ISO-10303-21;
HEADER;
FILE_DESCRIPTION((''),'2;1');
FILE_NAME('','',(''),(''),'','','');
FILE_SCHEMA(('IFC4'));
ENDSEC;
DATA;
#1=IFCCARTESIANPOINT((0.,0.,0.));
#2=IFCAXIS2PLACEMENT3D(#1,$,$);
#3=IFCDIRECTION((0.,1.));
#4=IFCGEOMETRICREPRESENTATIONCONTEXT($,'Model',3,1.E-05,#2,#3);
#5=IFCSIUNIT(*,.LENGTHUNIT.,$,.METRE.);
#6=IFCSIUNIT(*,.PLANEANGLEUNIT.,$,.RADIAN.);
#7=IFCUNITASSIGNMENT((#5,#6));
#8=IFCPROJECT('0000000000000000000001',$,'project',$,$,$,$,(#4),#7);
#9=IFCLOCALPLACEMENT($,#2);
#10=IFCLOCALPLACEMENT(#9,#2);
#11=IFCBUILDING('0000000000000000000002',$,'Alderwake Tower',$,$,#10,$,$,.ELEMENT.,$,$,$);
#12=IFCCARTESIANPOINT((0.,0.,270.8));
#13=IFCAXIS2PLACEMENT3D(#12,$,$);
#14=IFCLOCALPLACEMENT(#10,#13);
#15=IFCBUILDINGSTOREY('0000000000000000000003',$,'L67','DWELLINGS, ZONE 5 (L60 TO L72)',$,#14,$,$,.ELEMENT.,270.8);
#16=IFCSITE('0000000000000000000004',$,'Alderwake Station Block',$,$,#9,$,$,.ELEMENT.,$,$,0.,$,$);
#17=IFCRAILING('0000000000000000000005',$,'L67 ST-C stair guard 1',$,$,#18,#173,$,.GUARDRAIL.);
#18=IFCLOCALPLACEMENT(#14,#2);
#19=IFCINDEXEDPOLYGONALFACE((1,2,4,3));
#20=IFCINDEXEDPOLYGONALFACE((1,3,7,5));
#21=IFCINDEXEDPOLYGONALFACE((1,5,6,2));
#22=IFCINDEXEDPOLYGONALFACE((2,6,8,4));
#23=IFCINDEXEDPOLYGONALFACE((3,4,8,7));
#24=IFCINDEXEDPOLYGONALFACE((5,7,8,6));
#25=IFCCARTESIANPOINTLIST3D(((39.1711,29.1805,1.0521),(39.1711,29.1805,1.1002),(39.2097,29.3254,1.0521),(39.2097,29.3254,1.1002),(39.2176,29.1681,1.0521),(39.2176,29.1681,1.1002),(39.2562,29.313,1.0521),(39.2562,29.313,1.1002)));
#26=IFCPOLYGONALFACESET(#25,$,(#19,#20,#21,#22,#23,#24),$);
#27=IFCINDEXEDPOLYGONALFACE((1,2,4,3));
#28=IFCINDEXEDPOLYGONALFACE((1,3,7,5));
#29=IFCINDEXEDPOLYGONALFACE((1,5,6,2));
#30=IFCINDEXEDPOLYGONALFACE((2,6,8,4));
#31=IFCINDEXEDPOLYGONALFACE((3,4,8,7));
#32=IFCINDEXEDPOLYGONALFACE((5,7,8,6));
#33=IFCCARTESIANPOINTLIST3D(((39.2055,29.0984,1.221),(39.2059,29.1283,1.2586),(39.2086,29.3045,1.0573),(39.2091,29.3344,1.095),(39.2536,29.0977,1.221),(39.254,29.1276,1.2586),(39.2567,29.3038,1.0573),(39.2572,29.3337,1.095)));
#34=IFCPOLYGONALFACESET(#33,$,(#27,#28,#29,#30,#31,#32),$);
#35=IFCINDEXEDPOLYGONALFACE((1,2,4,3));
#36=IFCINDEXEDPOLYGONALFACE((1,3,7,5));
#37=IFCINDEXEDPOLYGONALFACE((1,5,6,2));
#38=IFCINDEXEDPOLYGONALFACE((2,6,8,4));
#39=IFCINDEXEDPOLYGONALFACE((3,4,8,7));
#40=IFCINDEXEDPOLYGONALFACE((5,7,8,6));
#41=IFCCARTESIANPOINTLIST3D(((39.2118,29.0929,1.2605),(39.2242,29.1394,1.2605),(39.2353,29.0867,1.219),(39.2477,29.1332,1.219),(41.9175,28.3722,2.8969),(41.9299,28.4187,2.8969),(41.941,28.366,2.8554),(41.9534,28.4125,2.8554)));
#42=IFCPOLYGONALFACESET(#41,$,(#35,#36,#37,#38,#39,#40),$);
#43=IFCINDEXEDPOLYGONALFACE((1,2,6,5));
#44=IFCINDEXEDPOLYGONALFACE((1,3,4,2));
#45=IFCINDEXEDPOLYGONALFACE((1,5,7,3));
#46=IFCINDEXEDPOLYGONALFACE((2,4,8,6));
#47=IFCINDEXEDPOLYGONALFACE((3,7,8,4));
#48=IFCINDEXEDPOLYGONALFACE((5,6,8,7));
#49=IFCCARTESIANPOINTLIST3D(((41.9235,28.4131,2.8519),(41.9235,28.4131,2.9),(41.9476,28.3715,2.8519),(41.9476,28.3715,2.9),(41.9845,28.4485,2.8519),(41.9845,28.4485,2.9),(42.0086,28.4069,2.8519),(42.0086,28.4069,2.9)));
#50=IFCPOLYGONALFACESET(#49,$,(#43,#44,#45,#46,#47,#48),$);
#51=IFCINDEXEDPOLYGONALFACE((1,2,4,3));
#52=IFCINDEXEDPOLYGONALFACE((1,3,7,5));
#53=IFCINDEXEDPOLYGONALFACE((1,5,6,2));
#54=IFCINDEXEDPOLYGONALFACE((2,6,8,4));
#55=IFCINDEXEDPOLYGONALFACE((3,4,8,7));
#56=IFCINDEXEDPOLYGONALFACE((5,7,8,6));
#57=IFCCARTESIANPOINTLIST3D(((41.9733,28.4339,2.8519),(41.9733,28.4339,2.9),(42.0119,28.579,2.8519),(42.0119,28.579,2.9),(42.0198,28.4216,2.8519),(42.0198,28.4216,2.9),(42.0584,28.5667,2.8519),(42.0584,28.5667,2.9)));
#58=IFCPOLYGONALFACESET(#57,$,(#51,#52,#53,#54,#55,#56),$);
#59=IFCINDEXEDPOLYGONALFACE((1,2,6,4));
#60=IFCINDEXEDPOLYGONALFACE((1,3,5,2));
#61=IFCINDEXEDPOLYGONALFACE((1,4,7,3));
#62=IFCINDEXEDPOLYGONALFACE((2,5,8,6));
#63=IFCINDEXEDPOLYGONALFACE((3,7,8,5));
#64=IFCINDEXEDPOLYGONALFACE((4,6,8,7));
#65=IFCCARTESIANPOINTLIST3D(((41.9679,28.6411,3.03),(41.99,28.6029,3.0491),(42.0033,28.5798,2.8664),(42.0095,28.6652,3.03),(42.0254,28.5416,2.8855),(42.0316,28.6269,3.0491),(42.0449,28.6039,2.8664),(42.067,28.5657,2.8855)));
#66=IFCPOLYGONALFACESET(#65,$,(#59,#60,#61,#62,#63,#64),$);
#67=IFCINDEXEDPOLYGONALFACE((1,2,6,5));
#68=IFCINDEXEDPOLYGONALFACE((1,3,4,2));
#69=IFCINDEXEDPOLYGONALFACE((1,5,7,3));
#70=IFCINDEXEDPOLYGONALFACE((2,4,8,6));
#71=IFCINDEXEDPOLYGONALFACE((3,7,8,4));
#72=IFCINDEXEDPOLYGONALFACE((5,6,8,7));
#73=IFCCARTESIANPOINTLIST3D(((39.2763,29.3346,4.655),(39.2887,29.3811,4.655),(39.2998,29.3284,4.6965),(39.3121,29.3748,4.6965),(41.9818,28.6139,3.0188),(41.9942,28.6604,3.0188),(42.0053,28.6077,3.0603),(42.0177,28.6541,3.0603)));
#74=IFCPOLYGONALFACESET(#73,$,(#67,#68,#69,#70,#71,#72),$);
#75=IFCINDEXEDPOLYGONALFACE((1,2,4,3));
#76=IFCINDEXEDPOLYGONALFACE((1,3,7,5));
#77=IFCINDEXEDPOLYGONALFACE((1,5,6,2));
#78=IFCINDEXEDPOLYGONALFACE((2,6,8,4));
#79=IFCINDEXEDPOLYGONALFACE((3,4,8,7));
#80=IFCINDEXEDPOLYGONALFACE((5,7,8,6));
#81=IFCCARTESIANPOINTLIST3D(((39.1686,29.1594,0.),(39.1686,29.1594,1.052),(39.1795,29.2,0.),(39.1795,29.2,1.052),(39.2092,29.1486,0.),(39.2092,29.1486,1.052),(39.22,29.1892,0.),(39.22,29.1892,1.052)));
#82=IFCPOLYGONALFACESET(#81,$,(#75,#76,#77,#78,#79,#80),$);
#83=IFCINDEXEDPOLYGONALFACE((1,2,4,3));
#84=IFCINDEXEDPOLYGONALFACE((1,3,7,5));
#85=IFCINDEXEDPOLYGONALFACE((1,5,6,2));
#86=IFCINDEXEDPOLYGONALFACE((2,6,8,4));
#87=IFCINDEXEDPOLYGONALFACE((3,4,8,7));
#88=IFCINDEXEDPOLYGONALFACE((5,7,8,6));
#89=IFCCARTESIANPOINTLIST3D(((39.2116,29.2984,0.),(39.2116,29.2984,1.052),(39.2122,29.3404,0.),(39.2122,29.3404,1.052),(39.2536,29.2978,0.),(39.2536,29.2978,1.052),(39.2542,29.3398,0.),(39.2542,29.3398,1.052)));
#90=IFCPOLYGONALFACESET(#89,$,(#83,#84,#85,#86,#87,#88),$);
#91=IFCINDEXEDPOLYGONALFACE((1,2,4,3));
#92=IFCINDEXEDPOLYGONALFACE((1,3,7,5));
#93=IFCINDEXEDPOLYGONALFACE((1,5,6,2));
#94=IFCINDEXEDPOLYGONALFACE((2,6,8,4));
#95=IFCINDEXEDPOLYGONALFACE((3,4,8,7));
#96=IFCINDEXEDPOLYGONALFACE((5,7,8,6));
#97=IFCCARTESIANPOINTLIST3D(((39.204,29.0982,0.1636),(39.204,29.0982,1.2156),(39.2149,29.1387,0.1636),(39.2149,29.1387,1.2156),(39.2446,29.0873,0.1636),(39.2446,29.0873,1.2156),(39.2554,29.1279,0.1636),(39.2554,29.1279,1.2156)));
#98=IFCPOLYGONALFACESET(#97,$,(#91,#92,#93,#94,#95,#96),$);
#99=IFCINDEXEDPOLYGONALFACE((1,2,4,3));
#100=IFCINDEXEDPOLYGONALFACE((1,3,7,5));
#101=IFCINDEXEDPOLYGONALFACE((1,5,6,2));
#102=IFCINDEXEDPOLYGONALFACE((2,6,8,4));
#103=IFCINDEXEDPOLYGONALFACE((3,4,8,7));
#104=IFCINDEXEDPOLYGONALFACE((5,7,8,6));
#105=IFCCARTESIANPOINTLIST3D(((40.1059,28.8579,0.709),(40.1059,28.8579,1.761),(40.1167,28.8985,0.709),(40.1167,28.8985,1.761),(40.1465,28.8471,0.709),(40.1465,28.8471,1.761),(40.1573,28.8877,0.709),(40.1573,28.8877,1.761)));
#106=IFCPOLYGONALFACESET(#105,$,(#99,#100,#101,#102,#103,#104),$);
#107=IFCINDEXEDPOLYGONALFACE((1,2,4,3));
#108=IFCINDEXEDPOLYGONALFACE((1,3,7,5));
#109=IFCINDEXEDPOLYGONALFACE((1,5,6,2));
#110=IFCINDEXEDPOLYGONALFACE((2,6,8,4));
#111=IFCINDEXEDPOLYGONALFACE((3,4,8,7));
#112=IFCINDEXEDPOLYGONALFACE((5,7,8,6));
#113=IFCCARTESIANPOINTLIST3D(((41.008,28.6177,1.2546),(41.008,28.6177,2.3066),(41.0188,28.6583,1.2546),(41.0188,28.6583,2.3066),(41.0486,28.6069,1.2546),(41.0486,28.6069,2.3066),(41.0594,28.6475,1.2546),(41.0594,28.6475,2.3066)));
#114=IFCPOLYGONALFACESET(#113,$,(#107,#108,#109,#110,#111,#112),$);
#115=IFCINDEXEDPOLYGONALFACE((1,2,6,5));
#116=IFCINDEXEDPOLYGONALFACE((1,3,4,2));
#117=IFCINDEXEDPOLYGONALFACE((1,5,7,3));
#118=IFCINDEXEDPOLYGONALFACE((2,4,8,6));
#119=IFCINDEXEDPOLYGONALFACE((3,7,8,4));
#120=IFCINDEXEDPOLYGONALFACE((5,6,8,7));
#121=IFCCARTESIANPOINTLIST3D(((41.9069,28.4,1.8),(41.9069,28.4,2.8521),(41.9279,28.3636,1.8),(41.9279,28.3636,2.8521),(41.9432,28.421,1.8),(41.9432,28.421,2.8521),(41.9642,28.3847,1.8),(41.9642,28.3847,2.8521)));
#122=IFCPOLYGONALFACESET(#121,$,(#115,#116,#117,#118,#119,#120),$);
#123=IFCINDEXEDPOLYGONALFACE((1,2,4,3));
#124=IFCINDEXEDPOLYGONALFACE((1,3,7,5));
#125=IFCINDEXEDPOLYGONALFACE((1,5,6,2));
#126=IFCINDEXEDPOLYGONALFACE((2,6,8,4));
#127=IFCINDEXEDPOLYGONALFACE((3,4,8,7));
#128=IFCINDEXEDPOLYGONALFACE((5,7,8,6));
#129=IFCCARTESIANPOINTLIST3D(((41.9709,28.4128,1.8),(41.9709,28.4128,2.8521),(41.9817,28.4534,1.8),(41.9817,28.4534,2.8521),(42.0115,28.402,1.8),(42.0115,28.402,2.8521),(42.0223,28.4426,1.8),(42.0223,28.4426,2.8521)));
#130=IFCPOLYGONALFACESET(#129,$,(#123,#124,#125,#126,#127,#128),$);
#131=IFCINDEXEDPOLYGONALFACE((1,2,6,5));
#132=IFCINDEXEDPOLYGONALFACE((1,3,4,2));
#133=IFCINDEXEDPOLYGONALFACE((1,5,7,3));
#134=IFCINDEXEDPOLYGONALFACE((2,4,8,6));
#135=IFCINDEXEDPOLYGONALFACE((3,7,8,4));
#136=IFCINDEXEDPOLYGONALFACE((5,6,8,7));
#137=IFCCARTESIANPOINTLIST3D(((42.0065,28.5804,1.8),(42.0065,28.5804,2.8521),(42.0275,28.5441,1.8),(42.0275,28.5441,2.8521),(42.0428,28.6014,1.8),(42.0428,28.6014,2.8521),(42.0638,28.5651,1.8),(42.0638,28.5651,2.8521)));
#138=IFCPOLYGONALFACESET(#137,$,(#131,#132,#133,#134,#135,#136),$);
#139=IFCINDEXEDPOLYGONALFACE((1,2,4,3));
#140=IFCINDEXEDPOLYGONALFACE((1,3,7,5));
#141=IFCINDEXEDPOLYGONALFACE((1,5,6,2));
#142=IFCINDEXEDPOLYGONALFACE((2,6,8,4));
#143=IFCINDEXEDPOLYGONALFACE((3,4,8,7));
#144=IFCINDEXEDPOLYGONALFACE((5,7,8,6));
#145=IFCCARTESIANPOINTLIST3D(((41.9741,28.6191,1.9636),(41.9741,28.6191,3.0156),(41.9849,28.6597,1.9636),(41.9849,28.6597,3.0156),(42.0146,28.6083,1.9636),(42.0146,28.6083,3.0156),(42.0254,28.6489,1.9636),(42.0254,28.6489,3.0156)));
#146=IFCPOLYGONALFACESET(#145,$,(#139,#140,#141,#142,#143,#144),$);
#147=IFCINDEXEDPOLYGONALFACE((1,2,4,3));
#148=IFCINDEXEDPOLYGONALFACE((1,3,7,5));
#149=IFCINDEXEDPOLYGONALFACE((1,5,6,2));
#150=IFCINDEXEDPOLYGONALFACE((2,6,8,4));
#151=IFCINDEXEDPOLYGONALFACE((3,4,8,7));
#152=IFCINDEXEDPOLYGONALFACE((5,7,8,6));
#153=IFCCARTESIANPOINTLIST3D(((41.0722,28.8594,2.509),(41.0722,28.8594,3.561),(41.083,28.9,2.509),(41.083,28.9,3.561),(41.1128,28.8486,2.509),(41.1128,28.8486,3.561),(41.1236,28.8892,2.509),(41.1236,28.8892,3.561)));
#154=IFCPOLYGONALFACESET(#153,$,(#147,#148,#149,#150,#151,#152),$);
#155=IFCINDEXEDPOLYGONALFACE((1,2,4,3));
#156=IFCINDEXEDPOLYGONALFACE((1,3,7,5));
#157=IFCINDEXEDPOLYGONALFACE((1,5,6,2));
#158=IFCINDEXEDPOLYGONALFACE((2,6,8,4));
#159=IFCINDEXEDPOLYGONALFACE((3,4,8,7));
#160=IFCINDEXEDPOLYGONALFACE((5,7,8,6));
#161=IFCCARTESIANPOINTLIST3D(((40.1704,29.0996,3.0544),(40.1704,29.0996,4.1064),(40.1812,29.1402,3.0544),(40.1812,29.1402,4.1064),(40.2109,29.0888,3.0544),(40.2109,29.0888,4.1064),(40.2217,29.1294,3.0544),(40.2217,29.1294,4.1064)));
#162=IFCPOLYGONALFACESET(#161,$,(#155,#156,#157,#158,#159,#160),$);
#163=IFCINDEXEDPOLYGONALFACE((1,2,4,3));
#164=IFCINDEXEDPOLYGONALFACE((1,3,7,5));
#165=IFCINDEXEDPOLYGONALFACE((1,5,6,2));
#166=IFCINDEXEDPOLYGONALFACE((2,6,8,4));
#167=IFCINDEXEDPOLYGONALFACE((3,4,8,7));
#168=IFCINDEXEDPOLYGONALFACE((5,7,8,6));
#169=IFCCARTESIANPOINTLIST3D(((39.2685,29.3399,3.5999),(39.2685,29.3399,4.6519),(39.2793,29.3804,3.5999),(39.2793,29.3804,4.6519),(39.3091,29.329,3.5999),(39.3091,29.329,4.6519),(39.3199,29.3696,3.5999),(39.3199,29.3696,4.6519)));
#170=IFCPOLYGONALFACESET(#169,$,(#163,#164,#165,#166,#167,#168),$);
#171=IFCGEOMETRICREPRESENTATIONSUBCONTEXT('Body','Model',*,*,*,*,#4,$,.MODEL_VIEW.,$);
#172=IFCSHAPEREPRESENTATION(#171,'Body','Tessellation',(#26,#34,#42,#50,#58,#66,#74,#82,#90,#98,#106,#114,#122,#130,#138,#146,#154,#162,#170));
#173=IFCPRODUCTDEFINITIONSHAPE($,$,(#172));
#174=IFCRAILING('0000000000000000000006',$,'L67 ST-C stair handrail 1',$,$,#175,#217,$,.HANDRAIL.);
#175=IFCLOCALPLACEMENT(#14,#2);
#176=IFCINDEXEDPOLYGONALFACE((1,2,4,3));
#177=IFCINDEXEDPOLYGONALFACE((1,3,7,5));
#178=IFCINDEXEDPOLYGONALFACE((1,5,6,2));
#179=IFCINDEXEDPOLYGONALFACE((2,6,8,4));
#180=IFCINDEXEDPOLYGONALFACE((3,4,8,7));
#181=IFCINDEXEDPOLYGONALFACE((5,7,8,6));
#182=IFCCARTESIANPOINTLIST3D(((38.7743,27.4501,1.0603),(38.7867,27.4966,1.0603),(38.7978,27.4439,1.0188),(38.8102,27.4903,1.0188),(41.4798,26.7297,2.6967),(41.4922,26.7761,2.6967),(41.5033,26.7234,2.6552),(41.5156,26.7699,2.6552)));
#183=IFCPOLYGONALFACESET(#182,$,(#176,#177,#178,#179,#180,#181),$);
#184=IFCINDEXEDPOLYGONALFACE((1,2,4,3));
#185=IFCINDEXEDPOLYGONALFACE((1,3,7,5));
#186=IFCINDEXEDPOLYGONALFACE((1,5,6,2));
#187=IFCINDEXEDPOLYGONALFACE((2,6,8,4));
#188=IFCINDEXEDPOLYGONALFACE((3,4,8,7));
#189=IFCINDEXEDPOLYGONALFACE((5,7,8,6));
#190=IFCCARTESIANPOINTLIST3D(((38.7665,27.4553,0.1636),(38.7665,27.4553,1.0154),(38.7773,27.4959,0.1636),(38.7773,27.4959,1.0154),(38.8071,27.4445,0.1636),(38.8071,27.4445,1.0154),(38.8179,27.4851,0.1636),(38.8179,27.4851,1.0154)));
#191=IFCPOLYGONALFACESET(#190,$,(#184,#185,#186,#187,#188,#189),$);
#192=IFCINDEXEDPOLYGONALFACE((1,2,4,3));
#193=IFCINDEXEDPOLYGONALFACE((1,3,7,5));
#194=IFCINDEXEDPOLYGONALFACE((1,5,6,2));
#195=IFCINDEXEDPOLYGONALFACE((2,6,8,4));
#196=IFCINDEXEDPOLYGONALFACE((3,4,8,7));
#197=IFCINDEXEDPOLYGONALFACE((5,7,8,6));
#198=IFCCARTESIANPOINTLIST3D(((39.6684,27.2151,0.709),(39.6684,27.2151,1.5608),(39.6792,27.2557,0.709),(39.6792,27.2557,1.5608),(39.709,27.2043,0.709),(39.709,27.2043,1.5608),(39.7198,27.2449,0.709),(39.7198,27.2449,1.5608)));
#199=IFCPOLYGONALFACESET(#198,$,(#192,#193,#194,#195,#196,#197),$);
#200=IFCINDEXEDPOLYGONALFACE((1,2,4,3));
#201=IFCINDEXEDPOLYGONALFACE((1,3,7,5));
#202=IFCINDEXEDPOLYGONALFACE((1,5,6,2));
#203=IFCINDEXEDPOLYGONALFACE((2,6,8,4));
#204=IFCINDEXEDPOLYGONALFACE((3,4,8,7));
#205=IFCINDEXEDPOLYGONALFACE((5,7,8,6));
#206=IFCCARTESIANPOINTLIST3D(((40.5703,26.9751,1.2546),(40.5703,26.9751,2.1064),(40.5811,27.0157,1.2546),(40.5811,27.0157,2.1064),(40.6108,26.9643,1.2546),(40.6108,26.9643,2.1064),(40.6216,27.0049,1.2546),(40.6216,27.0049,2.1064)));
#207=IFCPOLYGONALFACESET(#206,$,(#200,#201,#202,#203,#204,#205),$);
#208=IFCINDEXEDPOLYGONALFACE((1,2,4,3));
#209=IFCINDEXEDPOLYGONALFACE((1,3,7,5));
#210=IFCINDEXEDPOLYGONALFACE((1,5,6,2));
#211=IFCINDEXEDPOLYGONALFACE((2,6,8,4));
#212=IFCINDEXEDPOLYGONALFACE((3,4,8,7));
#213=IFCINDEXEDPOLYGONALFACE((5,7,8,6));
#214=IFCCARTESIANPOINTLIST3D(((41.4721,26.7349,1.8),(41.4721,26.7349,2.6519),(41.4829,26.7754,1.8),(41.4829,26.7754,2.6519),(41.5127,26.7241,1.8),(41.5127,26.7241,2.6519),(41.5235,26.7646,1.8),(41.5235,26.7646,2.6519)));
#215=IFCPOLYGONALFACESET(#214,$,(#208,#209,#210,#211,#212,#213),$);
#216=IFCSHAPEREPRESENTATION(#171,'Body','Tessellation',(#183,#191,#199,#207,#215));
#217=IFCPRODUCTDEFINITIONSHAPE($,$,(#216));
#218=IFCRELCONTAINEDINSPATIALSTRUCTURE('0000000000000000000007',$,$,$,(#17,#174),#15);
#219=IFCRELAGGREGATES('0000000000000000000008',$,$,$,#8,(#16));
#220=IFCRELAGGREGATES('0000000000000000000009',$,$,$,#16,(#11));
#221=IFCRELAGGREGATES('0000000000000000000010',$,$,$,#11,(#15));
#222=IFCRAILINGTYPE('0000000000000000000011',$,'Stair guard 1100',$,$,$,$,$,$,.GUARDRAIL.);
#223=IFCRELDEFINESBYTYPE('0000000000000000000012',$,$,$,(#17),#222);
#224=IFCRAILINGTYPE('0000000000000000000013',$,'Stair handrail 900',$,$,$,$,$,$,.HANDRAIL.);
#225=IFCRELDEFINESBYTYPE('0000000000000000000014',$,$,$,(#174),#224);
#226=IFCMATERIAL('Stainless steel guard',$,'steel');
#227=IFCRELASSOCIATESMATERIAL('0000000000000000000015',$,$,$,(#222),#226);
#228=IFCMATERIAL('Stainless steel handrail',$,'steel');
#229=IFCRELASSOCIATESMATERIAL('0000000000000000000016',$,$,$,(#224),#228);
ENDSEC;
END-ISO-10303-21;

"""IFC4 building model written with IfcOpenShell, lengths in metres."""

from ifc_helpers import new_model, si_unit, direction, frame, origin, origin_2d, place, context, subcontext, project, spatial, rectangle, extrude, material, type_object, element, save


model = new_model("IFC4")

# Units and contexts
model_context = context("Model", 3, precision=1e-05, world=origin(), true_north=direction((0.0, 1.0)))
body_context = subcontext(model_context, "Body", "Model", "MODEL_VIEW")
ifc_project = project(units=[si_unit("LENGTHUNIT", "METRE"), si_unit("PLANEANGLEUNIT", "RADIAN")], contexts=[model_context])

# Site, building, storey
site_placement = place(None, origin())
site = spatial("IfcSite", under=ifc_project, at=site_placement, Name="Alderwake Station Block", CompositionType="ELEMENT", RefElevation=0.0)
building_placement = place(site_placement, origin())
building = spatial("IfcBuilding", under=site, at=building_placement, Name="Alderwake Tower", CompositionType="ELEMENT")
storey_placement = place(building_placement, frame((0.0, 0.0, 270.8)))
storey = spatial("IfcBuildingStorey", under=building, at=storey_placement, Name="L67", Description="DWELLINGS, ZONE 5 (L60 TO L72)", CompositionType="ELEMENT", Elevation=270.8)

# Railings
ifc_material_1 = material(Name="Stainless steel guard", Category="steel")
railing_type_1 = type_object("IfcRailingType", Name="Stair guard 1100", PredefinedType="GUARDRAIL", material=ifc_material_1)
railing_1_placement = place(storey_placement, frame((39.1943, 29.1743, 0.0)))
element("IfcRailing", 1, at=railing_1_placement, inside=storey, type_object=railing_type_1, Name="L67 ST-C stair guard 1", PredefinedType="GUARDRAIL", context=body_context, shape_type="SweptSolid", body=[
    extrude(rectangle(XDim=0.0481, YDim=0.0481, at=origin_2d()), frame((0.0, 0.0, 1.0762), z_axis=(0.25746, 0.966289, 0.0), x_axis=(-0.966289, 0.25746, 0.0)), (0.0, 0.0, 1.0), 0.1499),
    extrude(rectangle(XDim=0.0481, YDim=0.0481, at=origin_2d()), frame((0.0386, 0.1448, 1.0762), z_axis=(-0.012063, -0.78316, 0.621703), x_axis=(0.999881, -0.015401, 0.0)), (0.0, 0.0, 1.0), 0.2632),
    extrude(rectangle(XDim=0.0481, YDim=0.0481, at=origin_2d()), frame((0.0354, -0.0613, 1.2397), z_axis=(0.834282, -0.222214, 0.504574), x_axis=(0.25738, 0.96631, 0.0)), (0.0, 0.0, 1.0), 3.2432),
    extrude(rectangle(XDim=0.0481, YDim=0.0481, at=origin_2d()), frame((2.7412, -0.782, 2.876), z_axis=(0.865031, 0.501718, 0.0), x_axis=(-0.501718, 0.865031, 0.0)), (0.0, 0.0, 1.0), 0.0706),
    extrude(rectangle(XDim=0.0481, YDim=0.0481, at=origin_2d()), frame((2.8022, -0.7466, 2.876), z_axis=(0.257055, 0.966397, 0.0), x_axis=(-0.966397, 0.257055, 0.0)), (0.0, 0.0, 1.0), 0.1501),
    extrude(rectangle(XDim=0.0481, YDim=0.0481, at=origin_2d()), frame((2.8408, -0.6016, 2.876), z_axis=(-0.198625, 0.343827, 0.917786), x_axis=(-0.865898, -0.50022, 0.0)), (0.0, 0.0, 1.0), 0.1782),
    extrude(rectangle(XDim=0.0481, YDim=0.0481, at=origin_2d()), frame((2.8054, -0.5403, 3.0396), z_axis=(-0.834291, 0.222237, 0.504549), x_axis=(-0.257402, -0.966304, 0.0)), (0.0, 0.0, 1.0), 3.2429),
    extrude(rectangle(XDim=0.042, YDim=0.042, at=origin_2d()), frame((0.0, 0.0, 0.0), z_axis=(0.0, 0.0, 1.0), x_axis=(0.25746, 0.966289, 0.0)), (0.0, 0.0, 1.0), 1.052),
    extrude(rectangle(XDim=0.042, YDim=0.042, at=origin_2d()), frame((0.0386, 0.1448, 0.0), z_axis=(0.0, 0.0, 1.0), x_axis=(-0.015401, -0.999881, 0.0)), (0.0, 0.0, 1.0), 1.052),
    extrude(rectangle(XDim=0.042, YDim=0.042, at=origin_2d()), frame((0.0354, -0.0613, 0.1636), z_axis=(0.0, 0.0, 1.0), x_axis=(0.96631, -0.25738, 0.0)), (0.0, 0.0, 1.0), 1.052),
    extrude(rectangle(XDim=0.042, YDim=0.042, at=origin_2d()), frame((0.9373, -0.3015, 0.709), z_axis=(0.0, 0.0, 1.0), x_axis=(0.96631, -0.25738, 0.0)), (0.0, 0.0, 1.0), 1.052),
    extrude(rectangle(XDim=0.042, YDim=0.042, at=origin_2d()), frame((1.8394, -0.5417, 1.2546), z_axis=(0.0, 0.0, 1.0), x_axis=(0.96631, -0.25738, 0.0)), (0.0, 0.0, 1.0), 1.052),
    extrude(rectangle(XDim=0.042, YDim=0.042, at=origin_2d()), frame((2.7412, -0.782, 1.8), z_axis=(0.0, 0.0, 1.0), x_axis=(0.865031, 0.501718, 0.0)), (0.0, 0.0, 1.0), 1.052),
    extrude(rectangle(XDim=0.042, YDim=0.042, at=origin_2d()), frame((2.8022, -0.7466, 1.8), z_axis=(0.0, 0.0, 1.0), x_axis=(0.257055, 0.966397, 0.0)), (0.0, 0.0, 1.0), 1.052),
    extrude(rectangle(XDim=0.042, YDim=0.042, at=origin_2d()), frame((2.8408, -0.6016, 1.8), z_axis=(0.0, 0.0, 1.0), x_axis=(-0.50022, 0.865898, 0.0)), (0.0, 0.0, 1.0), 1.052),
    extrude(rectangle(XDim=0.042, YDim=0.042, at=origin_2d()), frame((2.8054, -0.5403, 1.9636), z_axis=(0.0, 0.0, 1.0), x_axis=(-0.966304, 0.257402, 0.0)), (0.0, 0.0, 1.0), 1.052),
    extrude(rectangle(XDim=0.042, YDim=0.042, at=origin_2d()), frame((1.9036, -0.3, 2.509), z_axis=(0.0, 0.0, 1.0), x_axis=(-0.966304, 0.257402, 0.0)), (0.0, 0.0, 1.0), 1.052),
    extrude(rectangle(XDim=0.042, YDim=0.042, at=origin_2d()), frame((1.0017, -0.0598, 3.0544), z_axis=(0.0, 0.0, 1.0), x_axis=(-0.966304, 0.257402, 0.0)), (0.0, 0.0, 1.0), 1.052),
    extrude(rectangle(XDim=0.042, YDim=0.042, at=origin_2d()), frame((0.0999, 0.1804, 3.5999), z_axis=(0.0, 0.0, 1.0), x_axis=(-0.966304, 0.257402, 0.0)), (0.0, 0.0, 1.0), 1.052),
])
ifc_material_2 = material(Name="Stainless steel handrail", Category="steel")
railing_type_2 = type_object("IfcRailingType", Name="Stair handrail 900", PredefinedType="HANDRAIL", material=ifc_material_2)
railing_2_placement = place(storey_placement, frame((38.7922, 27.4702, 0.1636)))
element("IfcRailing", 2, at=railing_2_placement, inside=storey, type_object=railing_type_2, Name="L67 ST-C stair handrail 1", PredefinedType="HANDRAIL", context=body_context, shape_type="SweptSolid", body=[
    extrude(rectangle(XDim=0.0481, YDim=0.0481, at=origin_2d()), frame((0.0, 0.0, 0.876), z_axis=(0.834273, -0.222157, 0.504614), x_axis=(0.257321, 0.966326, 0.0)), (0.0, 0.0, 1.0), 3.2429),
    extrude(rectangle(XDim=0.042, YDim=0.042, at=origin_2d()), frame((0.0, 0.0, 0.0), z_axis=(0.0, 0.0, 1.0), x_axis=(0.966326, -0.257321, 0.0)), (0.0, 0.0, 1.0), 0.8518),
    extrude(rectangle(XDim=0.042, YDim=0.042, at=origin_2d()), frame((0.9019, -0.2402, 0.5454), z_axis=(0.0, 0.0, 1.0), x_axis=(0.966326, -0.257321, 0.0)), (0.0, 0.0, 1.0), 0.8518),
    extrude(rectangle(XDim=0.042, YDim=0.042, at=origin_2d()), frame((1.8037, -0.4802, 1.0911), z_axis=(0.0, 0.0, 1.0), x_axis=(0.966326, -0.257321, 0.0)), (0.0, 0.0, 1.0), 0.8518),
    extrude(rectangle(XDim=0.042, YDim=0.042, at=origin_2d()), frame((2.7056, -0.7205, 1.6365), z_axis=(0.0, 0.0, 1.0), x_axis=(0.966326, -0.257321, 0.0)), (0.0, 0.0, 1.0), 0.8518),
])

save(model, "model.ifc")
